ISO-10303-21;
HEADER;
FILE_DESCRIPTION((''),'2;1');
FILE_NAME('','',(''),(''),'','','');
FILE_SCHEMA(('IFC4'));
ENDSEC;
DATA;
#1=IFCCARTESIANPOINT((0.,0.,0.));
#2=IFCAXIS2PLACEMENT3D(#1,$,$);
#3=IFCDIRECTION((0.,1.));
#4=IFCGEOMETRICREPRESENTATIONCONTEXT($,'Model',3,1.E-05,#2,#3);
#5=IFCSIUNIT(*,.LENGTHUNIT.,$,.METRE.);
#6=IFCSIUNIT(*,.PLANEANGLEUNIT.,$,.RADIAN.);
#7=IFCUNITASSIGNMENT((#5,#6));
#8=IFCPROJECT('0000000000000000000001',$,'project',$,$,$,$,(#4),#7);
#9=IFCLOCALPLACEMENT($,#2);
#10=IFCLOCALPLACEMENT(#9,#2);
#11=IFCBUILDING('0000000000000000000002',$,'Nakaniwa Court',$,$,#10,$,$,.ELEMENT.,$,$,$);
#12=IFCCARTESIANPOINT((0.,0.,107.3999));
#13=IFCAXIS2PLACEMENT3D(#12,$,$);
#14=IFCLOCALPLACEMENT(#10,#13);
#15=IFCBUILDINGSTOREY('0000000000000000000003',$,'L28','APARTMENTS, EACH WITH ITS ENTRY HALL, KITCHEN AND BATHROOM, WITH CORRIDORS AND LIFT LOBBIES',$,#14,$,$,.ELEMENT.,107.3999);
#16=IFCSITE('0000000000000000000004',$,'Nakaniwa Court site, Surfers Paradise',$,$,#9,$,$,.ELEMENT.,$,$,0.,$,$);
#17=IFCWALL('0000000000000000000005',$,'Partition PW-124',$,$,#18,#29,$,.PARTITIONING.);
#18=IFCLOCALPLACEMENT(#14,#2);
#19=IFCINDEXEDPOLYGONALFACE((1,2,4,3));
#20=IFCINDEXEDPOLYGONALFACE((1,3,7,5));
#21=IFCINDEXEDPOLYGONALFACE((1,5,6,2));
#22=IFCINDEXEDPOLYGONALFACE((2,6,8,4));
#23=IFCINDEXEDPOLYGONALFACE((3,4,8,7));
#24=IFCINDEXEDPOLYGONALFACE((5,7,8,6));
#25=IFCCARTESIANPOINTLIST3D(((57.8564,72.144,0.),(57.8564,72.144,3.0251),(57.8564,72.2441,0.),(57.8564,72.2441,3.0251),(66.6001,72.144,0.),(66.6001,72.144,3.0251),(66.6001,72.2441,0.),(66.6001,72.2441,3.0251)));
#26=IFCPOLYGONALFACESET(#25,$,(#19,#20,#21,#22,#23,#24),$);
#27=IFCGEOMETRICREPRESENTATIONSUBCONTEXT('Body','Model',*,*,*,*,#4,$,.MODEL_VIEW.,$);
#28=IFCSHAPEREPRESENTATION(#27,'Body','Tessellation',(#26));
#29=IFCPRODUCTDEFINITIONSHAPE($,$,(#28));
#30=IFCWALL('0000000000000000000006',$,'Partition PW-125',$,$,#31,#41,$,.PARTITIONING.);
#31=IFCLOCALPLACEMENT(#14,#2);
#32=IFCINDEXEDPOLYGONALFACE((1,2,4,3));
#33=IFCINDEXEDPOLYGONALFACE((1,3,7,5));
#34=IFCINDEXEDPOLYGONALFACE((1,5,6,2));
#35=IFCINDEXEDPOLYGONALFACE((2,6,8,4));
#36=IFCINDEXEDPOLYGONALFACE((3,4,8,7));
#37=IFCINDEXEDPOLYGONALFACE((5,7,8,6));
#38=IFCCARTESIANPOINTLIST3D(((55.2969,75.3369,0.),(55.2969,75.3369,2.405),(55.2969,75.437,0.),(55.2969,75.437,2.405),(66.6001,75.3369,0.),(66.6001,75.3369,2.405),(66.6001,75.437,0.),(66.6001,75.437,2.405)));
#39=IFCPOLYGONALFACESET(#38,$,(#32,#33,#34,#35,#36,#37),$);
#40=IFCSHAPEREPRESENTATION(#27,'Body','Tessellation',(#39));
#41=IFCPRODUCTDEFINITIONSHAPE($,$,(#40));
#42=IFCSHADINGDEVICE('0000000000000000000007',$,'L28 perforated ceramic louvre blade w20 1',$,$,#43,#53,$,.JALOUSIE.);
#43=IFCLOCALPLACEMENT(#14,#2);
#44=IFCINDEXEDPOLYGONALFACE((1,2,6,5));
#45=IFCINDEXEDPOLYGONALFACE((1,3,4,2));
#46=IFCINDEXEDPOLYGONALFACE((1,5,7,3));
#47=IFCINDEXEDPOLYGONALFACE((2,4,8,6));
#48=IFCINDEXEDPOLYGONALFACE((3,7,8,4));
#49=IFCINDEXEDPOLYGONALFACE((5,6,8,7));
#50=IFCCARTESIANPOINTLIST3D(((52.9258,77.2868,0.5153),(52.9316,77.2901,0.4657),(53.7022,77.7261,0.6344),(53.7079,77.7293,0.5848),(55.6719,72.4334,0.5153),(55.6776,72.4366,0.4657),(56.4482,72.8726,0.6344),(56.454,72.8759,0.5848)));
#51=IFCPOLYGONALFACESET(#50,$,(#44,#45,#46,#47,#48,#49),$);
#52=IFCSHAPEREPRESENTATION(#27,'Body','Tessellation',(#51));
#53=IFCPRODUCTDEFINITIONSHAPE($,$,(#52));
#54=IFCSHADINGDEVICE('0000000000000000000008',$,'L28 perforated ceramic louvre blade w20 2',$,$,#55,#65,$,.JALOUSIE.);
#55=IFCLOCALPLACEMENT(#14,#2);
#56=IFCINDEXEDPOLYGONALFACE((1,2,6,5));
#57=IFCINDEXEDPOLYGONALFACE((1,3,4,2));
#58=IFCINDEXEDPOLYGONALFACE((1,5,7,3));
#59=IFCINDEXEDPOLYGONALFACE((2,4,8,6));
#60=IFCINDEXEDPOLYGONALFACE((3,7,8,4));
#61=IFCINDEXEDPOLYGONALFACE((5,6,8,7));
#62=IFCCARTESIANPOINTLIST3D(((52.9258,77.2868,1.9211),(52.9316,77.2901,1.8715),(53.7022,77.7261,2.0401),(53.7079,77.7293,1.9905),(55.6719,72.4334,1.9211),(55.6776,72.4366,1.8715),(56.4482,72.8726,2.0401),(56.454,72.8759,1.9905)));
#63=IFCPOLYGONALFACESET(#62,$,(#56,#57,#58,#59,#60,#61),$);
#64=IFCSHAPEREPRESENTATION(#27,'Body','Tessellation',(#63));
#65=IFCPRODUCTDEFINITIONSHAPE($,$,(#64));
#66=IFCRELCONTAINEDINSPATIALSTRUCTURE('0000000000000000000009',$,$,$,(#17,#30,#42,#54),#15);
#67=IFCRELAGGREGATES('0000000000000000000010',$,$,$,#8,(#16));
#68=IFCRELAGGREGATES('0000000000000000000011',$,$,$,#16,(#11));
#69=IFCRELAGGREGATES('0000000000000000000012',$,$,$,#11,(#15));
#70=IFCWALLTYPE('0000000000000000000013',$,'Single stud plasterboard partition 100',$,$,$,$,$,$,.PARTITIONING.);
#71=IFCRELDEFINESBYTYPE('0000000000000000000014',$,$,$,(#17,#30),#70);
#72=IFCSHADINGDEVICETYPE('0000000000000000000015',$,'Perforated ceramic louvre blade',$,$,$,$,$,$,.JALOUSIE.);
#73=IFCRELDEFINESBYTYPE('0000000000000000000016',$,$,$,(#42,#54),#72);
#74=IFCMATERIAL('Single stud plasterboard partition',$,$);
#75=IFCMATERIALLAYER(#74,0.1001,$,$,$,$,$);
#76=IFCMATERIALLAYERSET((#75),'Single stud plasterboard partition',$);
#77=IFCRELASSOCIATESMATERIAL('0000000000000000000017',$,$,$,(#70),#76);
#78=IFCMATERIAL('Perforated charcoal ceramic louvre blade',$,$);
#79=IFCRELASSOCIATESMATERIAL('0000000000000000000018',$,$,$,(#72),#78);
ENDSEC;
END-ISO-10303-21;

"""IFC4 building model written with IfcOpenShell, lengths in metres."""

from ifc_helpers import new_model, si_unit, direction, frame, frame_2d, origin, origin_2d, place, context, subcontext, project, spatial, rectangle, extrude, material, layer, layer_set, material_profile, profile_set, type_object, element, save


model = new_model("IFC4")

# Units and contexts
model_context = context("Model", 3, precision=1e-05, world=origin(), true_north=direction((0.0, 1.0)))
body_context = subcontext(model_context, "Body", "Model", "MODEL_VIEW")
ifc_project = project(units=[si_unit("LENGTHUNIT", "METRE"), si_unit("PLANEANGLEUNIT", "RADIAN")], contexts=[model_context])

# Site, building, storey
site_placement = place(None, origin())
site = spatial("IfcSite", under=ifc_project, at=site_placement, Name="Nakaniwa Court site, Surfers Paradise", CompositionType="ELEMENT", RefElevation=0.0)
building_placement = place(site_placement, origin())
building = spatial("IfcBuilding", under=site, at=building_placement, Name="Nakaniwa Court", CompositionType="ELEMENT")
storey_placement = place(building_placement, frame((0.0, 0.0, 107.3999)))
storey = spatial("IfcBuildingStorey", under=building, at=storey_placement, Name="L28", Description="APARTMENTS, EACH WITH ITS ENTRY HALL, KITCHEN AND BATHROOM, WITH CORRIDORS AND LIFT LOBBIES", CompositionType="ELEMENT", Elevation=107.3999)

# Walls
ifc_material_1 = material(Name="Single stud plasterboard partition")
ifc_layer_1 = layer(ifc_material_1, 0.1001)
ifc_layer_set_1 = layer_set([ifc_layer_1], Name="Single stud plasterboard partition")
wall_type_1 = type_object("IfcWallType", Name="Single stud plasterboard partition 100", PredefinedType="PARTITIONING", material=ifc_layer_set_1)
wall_1_placement = place(storey_placement, frame((57.8564, 72.1941, 0.0), z_axis=(0.0, 0.0, 1.0), x_axis=(1.0, 0.0, 0.0)))
element("IfcWall", 1, at=wall_1_placement, inside=storey, type_object=wall_type_1, Name="Partition PW-124", PredefinedType="PARTITIONING", context=body_context, shape_type="SweptSolid", body=[
    extrude(rectangle(XDim=8.7437, YDim=0.1001, at=frame_2d((4.3718, 0.0))), origin(), (0.0, 0.0, 1.0), 3.0251),
])
wall_2_placement = place(storey_placement, frame((55.2969, 75.387, 0.0), z_axis=(0.0, 0.0, 1.0), x_axis=(1.0, 0.0, 0.0)))
element("IfcWall", 2, at=wall_2_placement, inside=storey, type_object=wall_type_1, Name="Partition PW-125", PredefinedType="PARTITIONING", context=body_context, shape_type="SweptSolid", body=[
    extrude(rectangle(XDim=11.3032, YDim=0.1001, at=frame_2d((5.6516, 0.0))), origin(), (0.0, 0.0, 1.0), 2.405),
])

# Shading devices
ifc_material_2 = material(Name="Perforated charcoal ceramic louvre blade")
ifc_material_profile_1 = material_profile(ifc_material_2, rectangle(XDim=0.8999, YDim=0.05, at=origin_2d()), Name="Perforated ceramic louvre blade")
ifc_profile_set_1 = profile_set([ifc_material_profile_1], Name="Perforated charcoal ceramic louvre blade")
shading_device_type = type_object("IfcShadingDeviceType", Name="Perforated ceramic louvre blade", PredefinedType="JALOUSIE", material=ifc_profile_set_1)
for number, where, z_axis, x_axis, name in (
    (3, (53.3169, 77.5081, 0.55), (0.492438, -0.870347, 0.0), (0.862702, 0.488112, 0.132256), "L28 perforated ceramic louvre blade w20 1"),
    (4, (53.3169, 77.5081, 1.9558), (0.492438, -0.870347, 0.0), (0.862702, 0.488112, 0.132256), "L28 perforated ceramic louvre blade w20 2"),
):
    element("IfcShadingDevice", number, at=place(storey_placement, frame(where, z_axis=z_axis, x_axis=x_axis)), inside=storey, type_object=shading_device_type, Name=name, PredefinedType="JALOUSIE", context=body_context, shape_type="SweptSolid", body=[
        extrude(rectangle(XDim=0.8999, YDim=0.05, at=origin_2d()), origin(), (0.0, 0.0, 1.0), 5.5764),
    ])

save(model, "model.ifc")
